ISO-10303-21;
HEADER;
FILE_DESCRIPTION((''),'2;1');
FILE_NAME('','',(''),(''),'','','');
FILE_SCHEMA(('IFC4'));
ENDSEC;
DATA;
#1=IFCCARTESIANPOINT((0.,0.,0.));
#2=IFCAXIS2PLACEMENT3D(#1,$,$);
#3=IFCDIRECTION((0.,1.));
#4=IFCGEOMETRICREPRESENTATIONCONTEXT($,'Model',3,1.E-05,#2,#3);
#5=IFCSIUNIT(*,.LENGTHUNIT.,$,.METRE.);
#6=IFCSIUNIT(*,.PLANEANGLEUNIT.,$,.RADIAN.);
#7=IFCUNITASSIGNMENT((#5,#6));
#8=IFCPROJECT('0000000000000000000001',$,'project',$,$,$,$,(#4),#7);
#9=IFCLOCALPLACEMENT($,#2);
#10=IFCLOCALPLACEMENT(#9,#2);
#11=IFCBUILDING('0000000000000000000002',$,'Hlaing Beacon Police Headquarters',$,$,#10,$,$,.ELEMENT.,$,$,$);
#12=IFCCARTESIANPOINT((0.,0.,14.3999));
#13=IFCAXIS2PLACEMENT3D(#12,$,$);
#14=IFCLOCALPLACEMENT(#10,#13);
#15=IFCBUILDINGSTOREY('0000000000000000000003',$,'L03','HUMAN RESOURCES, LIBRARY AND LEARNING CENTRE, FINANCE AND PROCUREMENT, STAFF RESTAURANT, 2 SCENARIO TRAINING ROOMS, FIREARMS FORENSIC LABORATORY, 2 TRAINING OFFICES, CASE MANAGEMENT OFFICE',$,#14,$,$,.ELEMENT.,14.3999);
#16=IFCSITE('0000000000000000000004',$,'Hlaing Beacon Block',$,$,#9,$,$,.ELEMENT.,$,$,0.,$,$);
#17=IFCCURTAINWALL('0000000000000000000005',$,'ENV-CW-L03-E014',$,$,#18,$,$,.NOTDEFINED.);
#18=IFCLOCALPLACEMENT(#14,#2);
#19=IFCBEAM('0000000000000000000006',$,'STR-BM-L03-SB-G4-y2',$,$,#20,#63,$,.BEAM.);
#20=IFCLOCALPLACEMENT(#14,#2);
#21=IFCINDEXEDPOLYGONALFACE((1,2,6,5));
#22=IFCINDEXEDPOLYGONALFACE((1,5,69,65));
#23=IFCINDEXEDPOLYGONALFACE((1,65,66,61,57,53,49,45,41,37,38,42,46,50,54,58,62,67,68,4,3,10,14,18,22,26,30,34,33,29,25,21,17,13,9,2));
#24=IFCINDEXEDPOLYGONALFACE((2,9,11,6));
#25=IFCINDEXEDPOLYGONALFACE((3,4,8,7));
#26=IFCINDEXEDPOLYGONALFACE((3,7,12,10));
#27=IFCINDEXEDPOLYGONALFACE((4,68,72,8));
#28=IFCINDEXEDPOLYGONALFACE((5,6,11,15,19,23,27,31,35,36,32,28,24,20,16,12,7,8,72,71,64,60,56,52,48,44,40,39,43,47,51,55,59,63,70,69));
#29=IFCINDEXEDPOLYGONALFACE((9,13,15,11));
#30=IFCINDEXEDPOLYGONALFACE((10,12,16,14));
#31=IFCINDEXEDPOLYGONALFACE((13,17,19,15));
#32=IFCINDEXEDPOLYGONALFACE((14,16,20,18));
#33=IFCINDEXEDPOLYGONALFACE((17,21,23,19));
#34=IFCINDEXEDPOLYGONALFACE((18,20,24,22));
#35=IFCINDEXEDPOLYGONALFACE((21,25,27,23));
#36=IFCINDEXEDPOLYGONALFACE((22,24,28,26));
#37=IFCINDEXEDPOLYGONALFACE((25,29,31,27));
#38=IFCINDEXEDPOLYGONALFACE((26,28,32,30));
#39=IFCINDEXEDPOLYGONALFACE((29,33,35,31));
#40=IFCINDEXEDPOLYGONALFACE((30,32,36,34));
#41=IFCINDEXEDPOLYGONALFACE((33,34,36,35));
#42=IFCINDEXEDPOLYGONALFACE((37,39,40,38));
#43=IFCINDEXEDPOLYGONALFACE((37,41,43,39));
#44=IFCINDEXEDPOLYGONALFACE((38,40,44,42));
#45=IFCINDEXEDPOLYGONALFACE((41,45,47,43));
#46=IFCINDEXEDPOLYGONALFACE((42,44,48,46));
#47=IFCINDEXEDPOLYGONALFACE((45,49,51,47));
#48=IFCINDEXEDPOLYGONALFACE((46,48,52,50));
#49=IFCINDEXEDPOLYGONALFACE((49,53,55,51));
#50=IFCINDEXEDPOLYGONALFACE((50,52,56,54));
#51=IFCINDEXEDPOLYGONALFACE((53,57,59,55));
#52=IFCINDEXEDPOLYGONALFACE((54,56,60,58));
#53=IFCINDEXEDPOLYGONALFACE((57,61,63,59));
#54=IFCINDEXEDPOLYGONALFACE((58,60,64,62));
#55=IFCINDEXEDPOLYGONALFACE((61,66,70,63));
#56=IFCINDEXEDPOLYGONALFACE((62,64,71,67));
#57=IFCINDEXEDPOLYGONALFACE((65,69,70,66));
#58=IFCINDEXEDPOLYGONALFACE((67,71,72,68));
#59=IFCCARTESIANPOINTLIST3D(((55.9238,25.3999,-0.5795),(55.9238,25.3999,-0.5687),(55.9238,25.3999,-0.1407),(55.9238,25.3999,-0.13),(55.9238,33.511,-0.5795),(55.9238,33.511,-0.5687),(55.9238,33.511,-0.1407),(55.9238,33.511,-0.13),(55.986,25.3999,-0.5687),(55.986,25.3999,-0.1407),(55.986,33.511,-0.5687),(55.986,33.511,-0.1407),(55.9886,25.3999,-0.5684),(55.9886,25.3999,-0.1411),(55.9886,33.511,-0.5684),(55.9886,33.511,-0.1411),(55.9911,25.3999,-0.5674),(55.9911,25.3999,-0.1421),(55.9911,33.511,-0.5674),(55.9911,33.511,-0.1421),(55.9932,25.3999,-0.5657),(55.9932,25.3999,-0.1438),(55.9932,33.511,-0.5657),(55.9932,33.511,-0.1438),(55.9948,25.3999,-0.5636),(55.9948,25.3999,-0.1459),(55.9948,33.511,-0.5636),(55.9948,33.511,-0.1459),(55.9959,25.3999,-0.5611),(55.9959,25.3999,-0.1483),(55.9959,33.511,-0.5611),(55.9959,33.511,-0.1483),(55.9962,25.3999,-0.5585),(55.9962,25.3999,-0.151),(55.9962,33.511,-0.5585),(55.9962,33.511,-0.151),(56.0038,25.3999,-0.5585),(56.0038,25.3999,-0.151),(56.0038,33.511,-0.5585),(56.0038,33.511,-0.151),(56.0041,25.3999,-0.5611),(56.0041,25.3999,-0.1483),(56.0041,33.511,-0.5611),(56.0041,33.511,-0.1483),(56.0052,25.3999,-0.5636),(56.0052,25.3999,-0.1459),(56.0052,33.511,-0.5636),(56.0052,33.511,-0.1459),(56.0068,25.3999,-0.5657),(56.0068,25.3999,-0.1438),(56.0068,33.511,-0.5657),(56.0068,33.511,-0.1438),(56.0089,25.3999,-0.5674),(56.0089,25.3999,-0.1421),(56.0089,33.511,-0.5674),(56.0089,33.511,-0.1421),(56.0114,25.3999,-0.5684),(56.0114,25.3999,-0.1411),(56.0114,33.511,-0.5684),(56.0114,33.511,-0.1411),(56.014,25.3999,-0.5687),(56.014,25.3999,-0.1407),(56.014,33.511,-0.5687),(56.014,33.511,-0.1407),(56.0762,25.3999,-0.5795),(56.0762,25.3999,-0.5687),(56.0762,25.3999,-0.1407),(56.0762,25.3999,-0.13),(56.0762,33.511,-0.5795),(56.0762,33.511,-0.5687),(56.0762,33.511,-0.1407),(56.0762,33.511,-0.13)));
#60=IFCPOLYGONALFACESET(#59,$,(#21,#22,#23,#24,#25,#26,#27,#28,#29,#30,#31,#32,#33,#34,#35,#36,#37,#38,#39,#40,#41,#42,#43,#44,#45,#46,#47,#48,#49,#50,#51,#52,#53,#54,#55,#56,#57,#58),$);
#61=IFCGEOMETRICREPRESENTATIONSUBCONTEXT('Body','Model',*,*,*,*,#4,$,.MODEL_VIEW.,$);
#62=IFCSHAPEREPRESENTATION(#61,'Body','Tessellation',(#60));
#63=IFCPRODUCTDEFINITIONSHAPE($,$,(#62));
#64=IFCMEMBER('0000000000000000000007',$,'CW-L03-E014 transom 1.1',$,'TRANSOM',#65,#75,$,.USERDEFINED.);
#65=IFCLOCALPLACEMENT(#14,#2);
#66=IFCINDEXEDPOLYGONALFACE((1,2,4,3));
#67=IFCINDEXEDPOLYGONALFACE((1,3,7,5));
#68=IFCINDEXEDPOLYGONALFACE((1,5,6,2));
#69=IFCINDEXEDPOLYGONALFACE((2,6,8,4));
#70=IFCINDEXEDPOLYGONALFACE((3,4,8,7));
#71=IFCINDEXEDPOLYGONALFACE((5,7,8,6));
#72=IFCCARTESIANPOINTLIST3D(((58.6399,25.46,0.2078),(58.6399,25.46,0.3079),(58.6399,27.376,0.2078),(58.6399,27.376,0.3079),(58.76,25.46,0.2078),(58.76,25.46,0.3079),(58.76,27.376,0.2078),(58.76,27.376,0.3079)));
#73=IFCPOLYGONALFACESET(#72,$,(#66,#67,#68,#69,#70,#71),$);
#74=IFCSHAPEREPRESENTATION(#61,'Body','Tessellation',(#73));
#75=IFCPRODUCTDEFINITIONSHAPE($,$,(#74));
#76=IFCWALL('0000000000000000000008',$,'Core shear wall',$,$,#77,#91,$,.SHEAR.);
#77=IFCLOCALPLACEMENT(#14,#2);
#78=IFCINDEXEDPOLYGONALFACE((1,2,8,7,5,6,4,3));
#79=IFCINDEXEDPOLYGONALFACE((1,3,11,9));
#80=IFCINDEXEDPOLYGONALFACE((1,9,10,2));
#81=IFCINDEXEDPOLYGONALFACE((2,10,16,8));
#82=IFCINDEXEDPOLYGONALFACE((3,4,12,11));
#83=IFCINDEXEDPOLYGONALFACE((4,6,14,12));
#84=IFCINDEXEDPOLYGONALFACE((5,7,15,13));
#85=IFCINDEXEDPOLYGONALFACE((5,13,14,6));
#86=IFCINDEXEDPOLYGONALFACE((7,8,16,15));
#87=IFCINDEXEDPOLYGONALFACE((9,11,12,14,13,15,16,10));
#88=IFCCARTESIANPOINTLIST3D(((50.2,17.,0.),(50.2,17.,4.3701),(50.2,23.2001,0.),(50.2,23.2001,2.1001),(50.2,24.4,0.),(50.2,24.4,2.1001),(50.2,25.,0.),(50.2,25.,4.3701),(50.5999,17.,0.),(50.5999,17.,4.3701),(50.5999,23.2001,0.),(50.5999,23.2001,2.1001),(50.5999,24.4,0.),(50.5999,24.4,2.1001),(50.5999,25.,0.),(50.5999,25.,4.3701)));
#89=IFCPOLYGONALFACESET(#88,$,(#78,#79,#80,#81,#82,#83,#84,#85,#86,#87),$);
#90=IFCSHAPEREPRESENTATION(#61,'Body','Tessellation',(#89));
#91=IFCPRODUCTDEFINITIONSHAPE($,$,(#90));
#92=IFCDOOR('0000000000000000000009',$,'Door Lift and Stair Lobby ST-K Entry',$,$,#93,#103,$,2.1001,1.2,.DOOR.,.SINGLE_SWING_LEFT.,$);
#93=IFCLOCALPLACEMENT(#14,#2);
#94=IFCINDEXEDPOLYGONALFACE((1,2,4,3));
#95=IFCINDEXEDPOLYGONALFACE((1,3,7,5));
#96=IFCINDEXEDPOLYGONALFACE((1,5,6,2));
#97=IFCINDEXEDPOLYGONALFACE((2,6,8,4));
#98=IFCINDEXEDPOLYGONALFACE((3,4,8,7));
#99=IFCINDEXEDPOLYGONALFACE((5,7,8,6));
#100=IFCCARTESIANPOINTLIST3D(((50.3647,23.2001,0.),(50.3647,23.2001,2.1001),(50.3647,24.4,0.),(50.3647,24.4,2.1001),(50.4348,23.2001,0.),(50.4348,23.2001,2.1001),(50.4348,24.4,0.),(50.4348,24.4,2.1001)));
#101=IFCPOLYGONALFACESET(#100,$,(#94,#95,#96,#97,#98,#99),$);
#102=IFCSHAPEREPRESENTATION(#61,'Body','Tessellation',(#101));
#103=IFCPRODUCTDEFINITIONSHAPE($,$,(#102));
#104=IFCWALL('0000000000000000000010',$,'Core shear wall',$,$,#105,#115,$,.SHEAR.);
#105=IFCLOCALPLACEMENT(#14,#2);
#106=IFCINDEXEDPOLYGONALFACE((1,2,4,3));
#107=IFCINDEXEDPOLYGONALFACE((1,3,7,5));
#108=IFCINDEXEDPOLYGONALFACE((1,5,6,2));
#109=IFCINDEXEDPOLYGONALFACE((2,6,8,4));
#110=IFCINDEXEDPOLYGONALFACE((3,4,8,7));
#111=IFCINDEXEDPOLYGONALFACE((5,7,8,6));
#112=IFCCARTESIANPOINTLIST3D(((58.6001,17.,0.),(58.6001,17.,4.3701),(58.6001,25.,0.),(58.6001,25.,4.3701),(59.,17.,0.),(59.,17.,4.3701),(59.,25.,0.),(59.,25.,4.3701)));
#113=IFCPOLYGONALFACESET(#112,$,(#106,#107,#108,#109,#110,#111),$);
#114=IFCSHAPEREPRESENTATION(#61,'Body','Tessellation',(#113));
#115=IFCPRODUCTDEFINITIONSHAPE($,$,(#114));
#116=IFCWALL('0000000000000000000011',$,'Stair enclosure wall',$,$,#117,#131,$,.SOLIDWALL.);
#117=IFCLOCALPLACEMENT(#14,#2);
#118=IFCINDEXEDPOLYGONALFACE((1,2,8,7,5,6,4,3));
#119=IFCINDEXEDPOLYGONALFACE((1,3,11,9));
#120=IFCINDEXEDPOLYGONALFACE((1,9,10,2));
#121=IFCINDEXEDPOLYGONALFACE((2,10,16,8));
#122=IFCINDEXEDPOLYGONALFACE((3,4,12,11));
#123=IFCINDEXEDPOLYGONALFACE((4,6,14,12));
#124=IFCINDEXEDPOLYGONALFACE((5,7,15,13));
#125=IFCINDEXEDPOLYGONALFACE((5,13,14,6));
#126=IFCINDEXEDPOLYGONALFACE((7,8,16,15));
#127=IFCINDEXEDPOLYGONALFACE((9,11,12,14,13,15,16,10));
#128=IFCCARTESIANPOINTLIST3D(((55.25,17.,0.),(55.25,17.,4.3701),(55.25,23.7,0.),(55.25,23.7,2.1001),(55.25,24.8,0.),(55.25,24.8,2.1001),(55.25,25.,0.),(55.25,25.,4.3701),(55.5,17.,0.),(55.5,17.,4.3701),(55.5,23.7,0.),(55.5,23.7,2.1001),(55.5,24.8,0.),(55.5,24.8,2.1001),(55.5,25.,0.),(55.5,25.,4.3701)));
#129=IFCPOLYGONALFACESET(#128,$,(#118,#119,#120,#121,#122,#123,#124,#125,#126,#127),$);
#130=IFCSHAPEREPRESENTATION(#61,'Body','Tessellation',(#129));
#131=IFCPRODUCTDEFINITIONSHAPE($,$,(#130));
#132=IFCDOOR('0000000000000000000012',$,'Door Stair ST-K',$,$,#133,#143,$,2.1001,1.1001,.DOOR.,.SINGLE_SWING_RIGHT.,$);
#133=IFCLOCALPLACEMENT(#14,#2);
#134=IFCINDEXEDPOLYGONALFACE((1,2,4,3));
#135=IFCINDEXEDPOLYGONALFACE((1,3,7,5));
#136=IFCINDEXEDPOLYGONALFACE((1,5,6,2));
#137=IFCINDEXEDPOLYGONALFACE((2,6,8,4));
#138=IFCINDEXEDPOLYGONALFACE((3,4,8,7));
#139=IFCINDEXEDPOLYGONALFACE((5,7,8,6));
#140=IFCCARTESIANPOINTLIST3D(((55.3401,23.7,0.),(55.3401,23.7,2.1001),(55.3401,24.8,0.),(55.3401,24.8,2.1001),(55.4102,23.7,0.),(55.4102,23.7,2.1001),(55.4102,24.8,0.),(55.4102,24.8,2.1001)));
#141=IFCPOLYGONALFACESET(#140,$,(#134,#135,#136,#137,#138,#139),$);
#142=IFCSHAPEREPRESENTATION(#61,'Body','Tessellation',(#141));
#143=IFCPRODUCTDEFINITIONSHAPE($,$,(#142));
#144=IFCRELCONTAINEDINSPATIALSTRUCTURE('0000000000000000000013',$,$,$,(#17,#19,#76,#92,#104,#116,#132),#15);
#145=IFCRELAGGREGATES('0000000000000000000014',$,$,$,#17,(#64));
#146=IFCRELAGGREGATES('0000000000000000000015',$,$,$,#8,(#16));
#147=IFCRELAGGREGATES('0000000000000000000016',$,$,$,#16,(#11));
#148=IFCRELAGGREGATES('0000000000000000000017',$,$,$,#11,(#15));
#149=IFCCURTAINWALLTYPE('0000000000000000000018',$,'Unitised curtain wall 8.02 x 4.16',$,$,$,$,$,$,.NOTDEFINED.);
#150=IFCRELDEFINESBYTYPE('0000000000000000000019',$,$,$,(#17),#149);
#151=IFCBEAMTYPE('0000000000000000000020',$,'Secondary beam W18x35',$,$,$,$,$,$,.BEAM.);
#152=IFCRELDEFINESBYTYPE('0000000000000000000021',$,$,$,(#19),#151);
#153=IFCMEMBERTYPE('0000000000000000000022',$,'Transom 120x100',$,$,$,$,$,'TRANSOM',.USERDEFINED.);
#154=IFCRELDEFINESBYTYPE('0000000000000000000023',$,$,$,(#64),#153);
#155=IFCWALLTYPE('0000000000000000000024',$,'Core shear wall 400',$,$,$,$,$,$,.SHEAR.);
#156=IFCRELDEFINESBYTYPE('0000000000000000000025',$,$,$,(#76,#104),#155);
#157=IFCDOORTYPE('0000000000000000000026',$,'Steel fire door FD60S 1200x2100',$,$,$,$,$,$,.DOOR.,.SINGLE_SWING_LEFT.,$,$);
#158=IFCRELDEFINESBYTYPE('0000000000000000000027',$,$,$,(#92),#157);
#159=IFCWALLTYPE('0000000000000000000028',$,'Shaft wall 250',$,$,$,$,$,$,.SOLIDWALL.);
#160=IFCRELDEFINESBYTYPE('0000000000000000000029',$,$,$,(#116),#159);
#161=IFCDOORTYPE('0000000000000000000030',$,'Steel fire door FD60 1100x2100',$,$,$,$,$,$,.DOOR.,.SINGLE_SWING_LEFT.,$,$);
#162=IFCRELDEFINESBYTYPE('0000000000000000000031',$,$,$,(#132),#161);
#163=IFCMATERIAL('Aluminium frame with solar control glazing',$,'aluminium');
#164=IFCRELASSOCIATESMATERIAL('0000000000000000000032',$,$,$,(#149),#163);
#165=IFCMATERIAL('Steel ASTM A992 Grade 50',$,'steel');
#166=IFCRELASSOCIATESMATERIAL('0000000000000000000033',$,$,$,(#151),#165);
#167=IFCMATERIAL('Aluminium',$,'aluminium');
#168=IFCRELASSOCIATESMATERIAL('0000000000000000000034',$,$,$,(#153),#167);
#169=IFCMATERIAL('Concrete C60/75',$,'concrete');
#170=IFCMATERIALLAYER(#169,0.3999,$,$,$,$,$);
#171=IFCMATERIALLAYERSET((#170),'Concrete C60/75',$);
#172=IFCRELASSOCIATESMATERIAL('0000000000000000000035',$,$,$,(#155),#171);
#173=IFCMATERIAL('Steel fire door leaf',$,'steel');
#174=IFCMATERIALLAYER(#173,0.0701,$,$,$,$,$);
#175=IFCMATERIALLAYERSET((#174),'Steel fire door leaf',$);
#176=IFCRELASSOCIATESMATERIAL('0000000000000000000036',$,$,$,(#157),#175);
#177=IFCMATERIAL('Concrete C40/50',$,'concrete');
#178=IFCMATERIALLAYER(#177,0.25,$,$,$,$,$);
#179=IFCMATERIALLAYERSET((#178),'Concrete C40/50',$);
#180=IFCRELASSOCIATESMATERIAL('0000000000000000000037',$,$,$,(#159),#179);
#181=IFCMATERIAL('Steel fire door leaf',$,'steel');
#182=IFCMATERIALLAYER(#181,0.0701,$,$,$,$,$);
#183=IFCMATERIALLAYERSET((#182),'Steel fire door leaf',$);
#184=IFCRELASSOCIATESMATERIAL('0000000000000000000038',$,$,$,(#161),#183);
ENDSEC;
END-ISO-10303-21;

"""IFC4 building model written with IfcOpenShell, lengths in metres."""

from ifc_helpers import new_model, si_unit, direction, frame, frame_2d, origin, origin_2d, place, context, subcontext, project, spatial, rectangle, i_section, extrude, material, layer, layer_set, material_profile, profile_set, type_object, element, fill, aggregate, save


model = new_model("IFC4")

# Units and contexts
model_context = context("Model", 3, precision=1e-05, world=origin(), true_north=direction((0.0, 1.0)))
body_context = subcontext(model_context, "Body", "Model", "MODEL_VIEW")
ifc_project = project(units=[si_unit("LENGTHUNIT", "METRE"), si_unit("PLANEANGLEUNIT", "RADIAN")], contexts=[model_context])

# Site, building, storey
site_placement = place(None, origin())
site = spatial("IfcSite", under=ifc_project, at=site_placement, Name="Hlaing Beacon Block", CompositionType="ELEMENT", RefElevation=0.0)
building_placement = place(site_placement, origin())
building = spatial("IfcBuilding", under=site, at=building_placement, Name="Hlaing Beacon Police Headquarters", CompositionType="ELEMENT")
storey_placement = place(building_placement, frame((0.0, 0.0, 14.3999)))
storey = spatial("IfcBuildingStorey", under=building, at=storey_placement, Name="L03", Description="HUMAN RESOURCES, LIBRARY AND LEARNING CENTRE, FINANCE AND PROCUREMENT, STAFF RESTAURANT, 2 SCENARIO TRAINING ROOMS, FIREARMS FORENSIC LABORATORY, 2 TRAINING OFFICES, CASE MANAGEMENT OFFICE", CompositionType="ELEMENT", Elevation=14.3999)

# Curtain wall
ifc_material_1 = material(Name="Aluminium frame with solar control glazing", Category="aluminium")
curtain_wall_type = type_object("IfcCurtainWallType", Name="Unitised curtain wall 8.02 x 4.16", PredefinedType="NOTDEFINED", material=ifc_material_1)
curtain_wall_placement = place(storey_placement, origin())
curtain_wall = element("IfcCurtainWall", 1, at=curtain_wall_placement, inside=storey, type_object=curtain_wall_type, Name="ENV-CW-L03-E014", PredefinedType="NOTDEFINED")

# Beam
ifc_material_2 = material(Name="Steel ASTM A992 Grade 50", Category="steel")
ifc_material_profile_1 = material_profile(ifc_material_2, i_section(OverallWidth=0.1523, OverallDepth=0.4495, WebThickness=0.0076, FlangeThickness=0.0107, FilletRadius=0.0103, at=origin_2d()), Name="W18x35")
ifc_profile_set_1 = profile_set([ifc_material_profile_1], Name="Steel ASTM A992 Grade 50")
beam_type_1 = type_object("IfcBeamType", Name="Secondary beam W18x35", PredefinedType="BEAM", material=ifc_profile_set_1)
for number, where, z_axis, x_axis, name in (
    (2, (56.0, 25.3999, -0.3547), (0.0, 1.0, 0.0), (-1.0, 0.0, 0.0), "STR-BM-L03-SB-G4-y2"),
):
    element("IfcBeam", number, at=place(storey_placement, frame(where, z_axis=z_axis, x_axis=x_axis)), inside=storey, type_object=beam_type_1, Name=name, PredefinedType="BEAM", context=body_context, shape_type="SweptSolid", body=[
        extrude(i_section(OverallWidth=0.1523, OverallDepth=0.4495, WebThickness=0.0076, FlangeThickness=0.0107, FilletRadius=0.0103, at=origin_2d()), origin(), (0.0, 0.0, 1.0), 8.1111),
    ])

# Member
ifc_material_3 = material(Name="Aluminium", Category="aluminium")
ifc_material_profile_2 = material_profile(ifc_material_3, rectangle(XDim=0.1201, YDim=0.1001, at=origin_2d()), Name="Transom 120x100")
ifc_profile_set_2 = profile_set([ifc_material_profile_2], Name="Aluminium")
member_type_1 = type_object("IfcMemberType", Name="Transom 120x100", ElementType="TRANSOM", PredefinedType="USERDEFINED", material=ifc_profile_set_2)
member_1_placement = place(storey_placement, frame((58.7, 25.46, 0.2578), z_axis=(0.0, 1.0, 0.0), x_axis=(-1.0, 0.0, 0.0)))
member_1 = element("IfcMember", 3, at=member_1_placement, type_object=member_type_1, Name="CW-L03-E014 transom 1.1", ObjectType="TRANSOM", PredefinedType="USERDEFINED", context=body_context, shape_type="SweptSolid", body=[
    extrude(rectangle(XDim=0.1201, YDim=0.1001, at=origin_2d()), origin(), (0.0, 0.0, 1.0), 1.916),
])
aggregate(curtain_wall, [member_1])

# Wall, opening, door
ifc_material_4 = material(Name="Concrete C60/75", Category="concrete")
ifc_layer_1 = layer(ifc_material_4, 0.3999)
ifc_layer_set_1 = layer_set([ifc_layer_1], Name="Concrete C60/75")
wall_type_1 = type_object("IfcWallType", Name="Core shear wall 400", PredefinedType="SHEAR", material=ifc_layer_set_1)
wall_1_placement = place(storey_placement, frame((50.3999, 17.0, 0.0), z_axis=(0.0, 0.0, 1.0), x_axis=(0.0, 1.0, 0.0)))
wall_1 = element("IfcWall", 4, at=wall_1_placement, inside=storey, type_object=wall_type_1, Name="Core shear wall", PredefinedType="SHEAR", context=body_context, shape_type="SweptSolid", body=[
    extrude(rectangle(XDim=8.0, YDim=0.3999, at=frame_2d((4.0, 0.0))), origin(), (0.0, 0.0, 1.0), 4.3701),
])
opening_1_placement = place(wall_1_placement, frame((6.2, 0.0, 0.0)))
opening_1 = element("IfcOpeningElement", 5, at=opening_1_placement, cuts=wall_1, PredefinedType="OPENING", context=body_context, shape_type="SweptSolid", body=[
    extrude(rectangle(XDim=1.2, YDim=2.1001, at=frame_2d((0.6001, 1.05))), frame((0.0, 0.21, 0.0), z_axis=(0.0, -1.0, 0.0), x_axis=(1.0, 0.0, 0.0)), (0.0, 0.0, 1.0), 0.4199),
])
ifc_material_5 = material(Name="Steel fire door leaf", Category="steel")
ifc_layer_2 = layer(ifc_material_5, 0.0701)
ifc_layer_set_2 = layer_set([ifc_layer_2], Name="Steel fire door leaf")
door_type_1 = type_object("IfcDoorType", Name="Steel fire door FD60S 1200x2100", OperationType="SINGLE_SWING_LEFT", PredefinedType="DOOR", material=ifc_layer_set_2)
door_1_placement = place(opening_1_placement, frame((1.2, 0.0, 0.0), z_axis=(0.0, 0.0, 1.0), x_axis=(-1.0, 0.0, 0.0)))
door_1 = element("IfcDoor", 6, at=door_1_placement, inside=storey, type_object=door_type_1, Name="Door Lift and Stair Lobby ST-K Entry", OperationType="SINGLE_SWING_LEFT", OverallHeight=2.1001, OverallWidth=1.2, PredefinedType="DOOR", context=body_context, shape_type="SweptSolid", body=[
    extrude(rectangle(XDim=1.2, YDim=2.1001, at=frame_2d((0.5999, 1.05))), frame((0.0, 0.0349, 0.0), z_axis=(0.0, -1.0, 0.0), x_axis=(1.0, 0.0, 0.0)), (0.0, 0.0, 1.0), 0.0701),
])
fill(opening_1, door_1)

# Wall
wall_2_placement = place(storey_placement, frame((58.8, 17.0, 0.0), z_axis=(0.0, 0.0, 1.0), x_axis=(0.0, 1.0, 0.0)))
element("IfcWall", 7, at=wall_2_placement, inside=storey, type_object=wall_type_1, Name="Core shear wall", PredefinedType="SHEAR", context=body_context, shape_type="SweptSolid", body=[
    extrude(rectangle(XDim=8.0, YDim=0.3999, at=frame_2d((4.0, 0.0))), origin(), (0.0, 0.0, 1.0), 4.3701),
])

# Wall, opening, door
ifc_material_6 = material(Name="Concrete C40/50", Category="concrete")
ifc_layer_3 = layer(ifc_material_6, 0.25)
ifc_layer_set_3 = layer_set([ifc_layer_3], Name="Concrete C40/50")
wall_type_2 = type_object("IfcWallType", Name="Shaft wall 250", PredefinedType="SOLIDWALL", material=ifc_layer_set_3)
wall_3_placement = place(storey_placement, frame((55.375, 25.0, 0.0), z_axis=(0.0, 0.0, 1.0), x_axis=(0.0, -1.0, 0.0)))
wall_3 = element("IfcWall", 8, at=wall_3_placement, inside=storey, type_object=wall_type_2, Name="Stair enclosure wall", PredefinedType="SOLIDWALL", context=body_context, shape_type="SweptSolid", body=[
    extrude(rectangle(XDim=8.0, YDim=0.25, at=frame_2d((4.0, 0.0))), origin(), (0.0, 0.0, 1.0), 4.3701),
])
opening_2_placement = place(wall_3_placement, frame((0.2, 0.0, 0.0)))
opening_2 = element("IfcOpeningElement", 9, at=opening_2_placement, cuts=wall_3, PredefinedType="OPENING", context=body_context, shape_type="SweptSolid", body=[
    extrude(rectangle(XDim=1.1001, YDim=2.1001, at=frame_2d((0.55, 1.05))), frame((0.0, 0.135, 0.0), z_axis=(0.0, -1.0, 0.0), x_axis=(1.0, 0.0, 0.0)), (0.0, 0.0, 1.0), 0.27),
])
ifc_material_7 = material(Name="Steel fire door leaf", Category="steel")
ifc_layer_4 = layer(ifc_material_7, 0.0701)
ifc_layer_set_4 = layer_set([ifc_layer_4], Name="Steel fire door leaf")
door_type_2 = type_object("IfcDoorType", Name="Steel fire door FD60 1100x2100", OperationType="SINGLE_SWING_LEFT", PredefinedType="DOOR", material=ifc_layer_set_4)
door_2_placement = place(opening_2_placement, origin())
door_2 = element("IfcDoor", 10, at=door_2_placement, inside=storey, type_object=door_type_2, Name="Door Stair ST-K", OperationType="SINGLE_SWING_RIGHT", OverallHeight=2.1001, OverallWidth=1.1001, PredefinedType="DOOR", context=body_context, shape_type="SweptSolid", body=[
    extrude(rectangle(XDim=1.1001, YDim=2.1001, at=frame_2d((0.55, 1.05))), frame((0.0, 0.0352, 0.0), z_axis=(0.0, -1.0, 0.0), x_axis=(1.0, 0.0, 0.0)), (0.0, 0.0, 1.0), 0.0701),
])
fill(opening_2, door_2)

save(model, "model.ifc")
